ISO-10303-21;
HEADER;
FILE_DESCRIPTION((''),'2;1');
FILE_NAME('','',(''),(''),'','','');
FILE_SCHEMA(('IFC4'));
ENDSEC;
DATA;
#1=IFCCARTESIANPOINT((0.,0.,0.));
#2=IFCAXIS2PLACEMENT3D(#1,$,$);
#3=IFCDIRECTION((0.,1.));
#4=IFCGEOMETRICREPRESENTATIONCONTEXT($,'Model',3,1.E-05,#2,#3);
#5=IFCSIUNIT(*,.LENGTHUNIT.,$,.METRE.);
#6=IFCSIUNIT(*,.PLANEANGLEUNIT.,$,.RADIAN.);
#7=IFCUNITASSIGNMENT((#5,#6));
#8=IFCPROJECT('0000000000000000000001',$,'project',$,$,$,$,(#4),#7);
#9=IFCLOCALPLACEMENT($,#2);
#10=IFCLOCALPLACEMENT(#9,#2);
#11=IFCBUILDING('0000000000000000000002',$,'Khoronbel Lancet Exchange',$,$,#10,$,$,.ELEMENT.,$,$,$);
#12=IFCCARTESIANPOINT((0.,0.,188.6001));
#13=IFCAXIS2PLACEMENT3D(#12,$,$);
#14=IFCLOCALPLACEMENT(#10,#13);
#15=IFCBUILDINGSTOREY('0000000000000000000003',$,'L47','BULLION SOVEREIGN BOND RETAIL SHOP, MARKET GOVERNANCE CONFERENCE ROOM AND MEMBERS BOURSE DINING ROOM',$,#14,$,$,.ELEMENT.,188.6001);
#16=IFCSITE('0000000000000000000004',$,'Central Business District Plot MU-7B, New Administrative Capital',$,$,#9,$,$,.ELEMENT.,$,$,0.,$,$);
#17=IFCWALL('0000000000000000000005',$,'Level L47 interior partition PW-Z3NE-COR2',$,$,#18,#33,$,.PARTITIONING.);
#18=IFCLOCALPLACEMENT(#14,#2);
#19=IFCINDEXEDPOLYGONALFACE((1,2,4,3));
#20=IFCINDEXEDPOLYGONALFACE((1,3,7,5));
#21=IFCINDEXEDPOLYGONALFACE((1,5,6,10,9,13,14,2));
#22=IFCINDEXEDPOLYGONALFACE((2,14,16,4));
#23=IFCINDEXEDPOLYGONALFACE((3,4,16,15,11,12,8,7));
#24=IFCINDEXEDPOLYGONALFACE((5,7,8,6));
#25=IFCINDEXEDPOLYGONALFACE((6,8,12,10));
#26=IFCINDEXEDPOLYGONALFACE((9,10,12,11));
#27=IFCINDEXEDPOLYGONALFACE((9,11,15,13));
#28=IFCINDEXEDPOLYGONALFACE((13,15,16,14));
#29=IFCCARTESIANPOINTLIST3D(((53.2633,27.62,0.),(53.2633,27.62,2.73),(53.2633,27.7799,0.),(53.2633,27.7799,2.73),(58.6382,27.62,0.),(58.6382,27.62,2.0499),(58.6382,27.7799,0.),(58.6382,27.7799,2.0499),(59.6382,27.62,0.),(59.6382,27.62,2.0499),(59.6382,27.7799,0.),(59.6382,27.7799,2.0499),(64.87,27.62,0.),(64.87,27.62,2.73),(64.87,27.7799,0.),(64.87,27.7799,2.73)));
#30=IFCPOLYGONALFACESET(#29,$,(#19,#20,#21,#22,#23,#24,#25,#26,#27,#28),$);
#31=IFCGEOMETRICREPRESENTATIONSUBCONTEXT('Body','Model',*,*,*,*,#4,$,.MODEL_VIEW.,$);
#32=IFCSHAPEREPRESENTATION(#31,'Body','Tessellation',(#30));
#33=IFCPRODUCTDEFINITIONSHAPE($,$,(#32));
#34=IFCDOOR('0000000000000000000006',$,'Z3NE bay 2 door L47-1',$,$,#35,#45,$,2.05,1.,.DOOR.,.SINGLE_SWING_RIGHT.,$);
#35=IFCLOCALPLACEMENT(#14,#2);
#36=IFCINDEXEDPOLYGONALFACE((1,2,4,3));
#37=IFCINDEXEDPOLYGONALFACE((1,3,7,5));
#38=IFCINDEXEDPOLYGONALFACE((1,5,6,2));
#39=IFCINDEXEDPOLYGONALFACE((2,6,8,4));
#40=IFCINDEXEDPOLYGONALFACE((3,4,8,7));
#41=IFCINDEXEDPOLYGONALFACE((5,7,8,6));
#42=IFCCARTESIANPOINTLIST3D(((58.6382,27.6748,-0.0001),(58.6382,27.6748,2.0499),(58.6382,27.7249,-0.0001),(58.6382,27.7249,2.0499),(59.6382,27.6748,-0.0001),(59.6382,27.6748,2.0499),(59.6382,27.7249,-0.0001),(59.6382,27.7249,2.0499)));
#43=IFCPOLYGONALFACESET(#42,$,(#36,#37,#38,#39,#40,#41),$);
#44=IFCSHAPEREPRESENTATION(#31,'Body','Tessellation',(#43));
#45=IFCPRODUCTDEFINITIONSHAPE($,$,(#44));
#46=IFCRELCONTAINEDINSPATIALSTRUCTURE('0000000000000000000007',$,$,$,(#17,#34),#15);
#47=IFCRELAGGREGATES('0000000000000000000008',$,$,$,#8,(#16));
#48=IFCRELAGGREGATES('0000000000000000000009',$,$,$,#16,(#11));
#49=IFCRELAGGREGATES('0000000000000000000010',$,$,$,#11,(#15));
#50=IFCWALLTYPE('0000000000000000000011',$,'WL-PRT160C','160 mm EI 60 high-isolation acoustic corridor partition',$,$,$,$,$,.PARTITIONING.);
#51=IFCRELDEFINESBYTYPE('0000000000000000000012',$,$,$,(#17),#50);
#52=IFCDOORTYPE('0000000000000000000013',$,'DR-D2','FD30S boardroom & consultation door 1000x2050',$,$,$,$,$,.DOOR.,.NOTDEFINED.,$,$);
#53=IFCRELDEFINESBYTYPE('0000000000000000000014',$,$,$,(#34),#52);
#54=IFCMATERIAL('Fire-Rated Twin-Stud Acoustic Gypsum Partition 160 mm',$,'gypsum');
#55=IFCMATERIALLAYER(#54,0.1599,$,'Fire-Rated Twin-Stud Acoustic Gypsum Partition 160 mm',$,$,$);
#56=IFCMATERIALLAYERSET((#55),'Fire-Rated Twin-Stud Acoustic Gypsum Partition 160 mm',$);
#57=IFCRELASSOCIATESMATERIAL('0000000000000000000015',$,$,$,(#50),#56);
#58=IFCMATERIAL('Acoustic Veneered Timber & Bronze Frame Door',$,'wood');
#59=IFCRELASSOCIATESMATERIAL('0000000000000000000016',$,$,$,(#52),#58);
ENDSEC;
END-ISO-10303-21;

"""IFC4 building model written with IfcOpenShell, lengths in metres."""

from ifc_helpers import new_model, si_unit, direction, frame, frame_2d, origin, place, context, subcontext, project, spatial, rectangle, extrude, material, layer, layer_set, type_object, element, fill, save


model = new_model("IFC4")

# Units and contexts
model_context = context("Model", 3, precision=1e-05, world=origin(), true_north=direction((0.0, 1.0)))
body_context = subcontext(model_context, "Body", "Model", "MODEL_VIEW")
ifc_project = project(units=[si_unit("LENGTHUNIT", "METRE"), si_unit("PLANEANGLEUNIT", "RADIAN")], contexts=[model_context])

# Site, building, storey
site_placement = place(None, origin())
site = spatial("IfcSite", under=ifc_project, at=site_placement, Name="Central Business District Plot MU-7B, New Administrative Capital", CompositionType="ELEMENT", RefElevation=0.0)
building_placement = place(site_placement, origin())
building = spatial("IfcBuilding", under=site, at=building_placement, Name="Khoronbel Lancet Exchange", CompositionType="ELEMENT")
storey_placement = place(building_placement, frame((0.0, 0.0, 188.6001)))
storey = spatial("IfcBuildingStorey", under=building, at=storey_placement, Name="L47", Description="BULLION SOVEREIGN BOND RETAIL SHOP, MARKET GOVERNANCE CONFERENCE ROOM AND MEMBERS BOURSE DINING ROOM", CompositionType="ELEMENT", Elevation=188.6001)

# Wall, opening, door
ifc_material_1 = material(Name="Fire-Rated Twin-Stud Acoustic Gypsum Partition 160 mm", Category="gypsum")
ifc_layer_1 = layer(ifc_material_1, 0.1599, Name="Fire-Rated Twin-Stud Acoustic Gypsum Partition 160 mm")
ifc_layer_set_1 = layer_set([ifc_layer_1], Name="Fire-Rated Twin-Stud Acoustic Gypsum Partition 160 mm")
wall_type_1 = type_object("IfcWallType", Name="WL-PRT160C", Description="160 mm EI 60 high-isolation acoustic corridor partition", PredefinedType="PARTITIONING", material=ifc_layer_set_1)
ifc_material_2 = material(Name="Acoustic Veneered Timber & Bronze Frame Door", Category="wood")
door_type_1 = type_object("IfcDoorType", Name="DR-D2", Description="FD30S boardroom & consultation door 1000x2050", OperationType="NOTDEFINED", PredefinedType="DOOR", material=ifc_material_2)
wall_1_placement = place(storey_placement, frame((53.2634, 27.7, 0.0), z_axis=(0.0, 0.0, 1.0), x_axis=(1.0, 0.0, 0.0)))
wall_1 = element("IfcWall", 1, at=wall_1_placement, inside=storey, type_object=wall_type_1, Name="Level L47 interior partition PW-Z3NE-COR2", PredefinedType="PARTITIONING", context=body_context, shape_type="SweptSolid", body=[
    extrude(rectangle(XDim=11.6067, YDim=0.1599, at=frame_2d((5.8032, 0.0))), origin(), (0.0, 0.0, 1.0), 2.73),
])
opening_1_placement = place(wall_1_placement, frame((5.3748, 0.0, 0.0)))
opening_1 = element("IfcOpeningElement", 2, at=opening_1_placement, cuts=wall_1, PredefinedType="OPENING", context=body_context, shape_type="SweptSolid", body=[
    extrude(rectangle(XDim=1.0, YDim=2.05, at=frame_2d((0.5, 1.0249))), frame((0.0, 0.0898, 0.0), z_axis=(0.0, -1.0, 0.0), x_axis=(1.0, 0.0, 0.0)), (0.0, 0.0, 1.0), 0.1799),
])
door_1_placement = place(opening_1_placement, origin())
door_1 = element("IfcDoor", 3, at=door_1_placement, inside=storey, type_object=door_type_1, Name="Z3NE bay 2 door L47-1", OperationType="SINGLE_SWING_RIGHT", OverallHeight=2.05, OverallWidth=1.0, PredefinedType="DOOR", context=body_context, shape_type="SweptSolid", body=[
    extrude(rectangle(XDim=1.0, YDim=2.05, at=frame_2d((0.5, 1.0249))), frame((0.0, 0.0249, 0.0), z_axis=(0.0, -1.0, 0.0), x_axis=(1.0, 0.0, 0.0)), (0.0, 0.0, 1.0), 0.05),
])
fill(opening_1, door_1)

save(model, "model.ifc")
